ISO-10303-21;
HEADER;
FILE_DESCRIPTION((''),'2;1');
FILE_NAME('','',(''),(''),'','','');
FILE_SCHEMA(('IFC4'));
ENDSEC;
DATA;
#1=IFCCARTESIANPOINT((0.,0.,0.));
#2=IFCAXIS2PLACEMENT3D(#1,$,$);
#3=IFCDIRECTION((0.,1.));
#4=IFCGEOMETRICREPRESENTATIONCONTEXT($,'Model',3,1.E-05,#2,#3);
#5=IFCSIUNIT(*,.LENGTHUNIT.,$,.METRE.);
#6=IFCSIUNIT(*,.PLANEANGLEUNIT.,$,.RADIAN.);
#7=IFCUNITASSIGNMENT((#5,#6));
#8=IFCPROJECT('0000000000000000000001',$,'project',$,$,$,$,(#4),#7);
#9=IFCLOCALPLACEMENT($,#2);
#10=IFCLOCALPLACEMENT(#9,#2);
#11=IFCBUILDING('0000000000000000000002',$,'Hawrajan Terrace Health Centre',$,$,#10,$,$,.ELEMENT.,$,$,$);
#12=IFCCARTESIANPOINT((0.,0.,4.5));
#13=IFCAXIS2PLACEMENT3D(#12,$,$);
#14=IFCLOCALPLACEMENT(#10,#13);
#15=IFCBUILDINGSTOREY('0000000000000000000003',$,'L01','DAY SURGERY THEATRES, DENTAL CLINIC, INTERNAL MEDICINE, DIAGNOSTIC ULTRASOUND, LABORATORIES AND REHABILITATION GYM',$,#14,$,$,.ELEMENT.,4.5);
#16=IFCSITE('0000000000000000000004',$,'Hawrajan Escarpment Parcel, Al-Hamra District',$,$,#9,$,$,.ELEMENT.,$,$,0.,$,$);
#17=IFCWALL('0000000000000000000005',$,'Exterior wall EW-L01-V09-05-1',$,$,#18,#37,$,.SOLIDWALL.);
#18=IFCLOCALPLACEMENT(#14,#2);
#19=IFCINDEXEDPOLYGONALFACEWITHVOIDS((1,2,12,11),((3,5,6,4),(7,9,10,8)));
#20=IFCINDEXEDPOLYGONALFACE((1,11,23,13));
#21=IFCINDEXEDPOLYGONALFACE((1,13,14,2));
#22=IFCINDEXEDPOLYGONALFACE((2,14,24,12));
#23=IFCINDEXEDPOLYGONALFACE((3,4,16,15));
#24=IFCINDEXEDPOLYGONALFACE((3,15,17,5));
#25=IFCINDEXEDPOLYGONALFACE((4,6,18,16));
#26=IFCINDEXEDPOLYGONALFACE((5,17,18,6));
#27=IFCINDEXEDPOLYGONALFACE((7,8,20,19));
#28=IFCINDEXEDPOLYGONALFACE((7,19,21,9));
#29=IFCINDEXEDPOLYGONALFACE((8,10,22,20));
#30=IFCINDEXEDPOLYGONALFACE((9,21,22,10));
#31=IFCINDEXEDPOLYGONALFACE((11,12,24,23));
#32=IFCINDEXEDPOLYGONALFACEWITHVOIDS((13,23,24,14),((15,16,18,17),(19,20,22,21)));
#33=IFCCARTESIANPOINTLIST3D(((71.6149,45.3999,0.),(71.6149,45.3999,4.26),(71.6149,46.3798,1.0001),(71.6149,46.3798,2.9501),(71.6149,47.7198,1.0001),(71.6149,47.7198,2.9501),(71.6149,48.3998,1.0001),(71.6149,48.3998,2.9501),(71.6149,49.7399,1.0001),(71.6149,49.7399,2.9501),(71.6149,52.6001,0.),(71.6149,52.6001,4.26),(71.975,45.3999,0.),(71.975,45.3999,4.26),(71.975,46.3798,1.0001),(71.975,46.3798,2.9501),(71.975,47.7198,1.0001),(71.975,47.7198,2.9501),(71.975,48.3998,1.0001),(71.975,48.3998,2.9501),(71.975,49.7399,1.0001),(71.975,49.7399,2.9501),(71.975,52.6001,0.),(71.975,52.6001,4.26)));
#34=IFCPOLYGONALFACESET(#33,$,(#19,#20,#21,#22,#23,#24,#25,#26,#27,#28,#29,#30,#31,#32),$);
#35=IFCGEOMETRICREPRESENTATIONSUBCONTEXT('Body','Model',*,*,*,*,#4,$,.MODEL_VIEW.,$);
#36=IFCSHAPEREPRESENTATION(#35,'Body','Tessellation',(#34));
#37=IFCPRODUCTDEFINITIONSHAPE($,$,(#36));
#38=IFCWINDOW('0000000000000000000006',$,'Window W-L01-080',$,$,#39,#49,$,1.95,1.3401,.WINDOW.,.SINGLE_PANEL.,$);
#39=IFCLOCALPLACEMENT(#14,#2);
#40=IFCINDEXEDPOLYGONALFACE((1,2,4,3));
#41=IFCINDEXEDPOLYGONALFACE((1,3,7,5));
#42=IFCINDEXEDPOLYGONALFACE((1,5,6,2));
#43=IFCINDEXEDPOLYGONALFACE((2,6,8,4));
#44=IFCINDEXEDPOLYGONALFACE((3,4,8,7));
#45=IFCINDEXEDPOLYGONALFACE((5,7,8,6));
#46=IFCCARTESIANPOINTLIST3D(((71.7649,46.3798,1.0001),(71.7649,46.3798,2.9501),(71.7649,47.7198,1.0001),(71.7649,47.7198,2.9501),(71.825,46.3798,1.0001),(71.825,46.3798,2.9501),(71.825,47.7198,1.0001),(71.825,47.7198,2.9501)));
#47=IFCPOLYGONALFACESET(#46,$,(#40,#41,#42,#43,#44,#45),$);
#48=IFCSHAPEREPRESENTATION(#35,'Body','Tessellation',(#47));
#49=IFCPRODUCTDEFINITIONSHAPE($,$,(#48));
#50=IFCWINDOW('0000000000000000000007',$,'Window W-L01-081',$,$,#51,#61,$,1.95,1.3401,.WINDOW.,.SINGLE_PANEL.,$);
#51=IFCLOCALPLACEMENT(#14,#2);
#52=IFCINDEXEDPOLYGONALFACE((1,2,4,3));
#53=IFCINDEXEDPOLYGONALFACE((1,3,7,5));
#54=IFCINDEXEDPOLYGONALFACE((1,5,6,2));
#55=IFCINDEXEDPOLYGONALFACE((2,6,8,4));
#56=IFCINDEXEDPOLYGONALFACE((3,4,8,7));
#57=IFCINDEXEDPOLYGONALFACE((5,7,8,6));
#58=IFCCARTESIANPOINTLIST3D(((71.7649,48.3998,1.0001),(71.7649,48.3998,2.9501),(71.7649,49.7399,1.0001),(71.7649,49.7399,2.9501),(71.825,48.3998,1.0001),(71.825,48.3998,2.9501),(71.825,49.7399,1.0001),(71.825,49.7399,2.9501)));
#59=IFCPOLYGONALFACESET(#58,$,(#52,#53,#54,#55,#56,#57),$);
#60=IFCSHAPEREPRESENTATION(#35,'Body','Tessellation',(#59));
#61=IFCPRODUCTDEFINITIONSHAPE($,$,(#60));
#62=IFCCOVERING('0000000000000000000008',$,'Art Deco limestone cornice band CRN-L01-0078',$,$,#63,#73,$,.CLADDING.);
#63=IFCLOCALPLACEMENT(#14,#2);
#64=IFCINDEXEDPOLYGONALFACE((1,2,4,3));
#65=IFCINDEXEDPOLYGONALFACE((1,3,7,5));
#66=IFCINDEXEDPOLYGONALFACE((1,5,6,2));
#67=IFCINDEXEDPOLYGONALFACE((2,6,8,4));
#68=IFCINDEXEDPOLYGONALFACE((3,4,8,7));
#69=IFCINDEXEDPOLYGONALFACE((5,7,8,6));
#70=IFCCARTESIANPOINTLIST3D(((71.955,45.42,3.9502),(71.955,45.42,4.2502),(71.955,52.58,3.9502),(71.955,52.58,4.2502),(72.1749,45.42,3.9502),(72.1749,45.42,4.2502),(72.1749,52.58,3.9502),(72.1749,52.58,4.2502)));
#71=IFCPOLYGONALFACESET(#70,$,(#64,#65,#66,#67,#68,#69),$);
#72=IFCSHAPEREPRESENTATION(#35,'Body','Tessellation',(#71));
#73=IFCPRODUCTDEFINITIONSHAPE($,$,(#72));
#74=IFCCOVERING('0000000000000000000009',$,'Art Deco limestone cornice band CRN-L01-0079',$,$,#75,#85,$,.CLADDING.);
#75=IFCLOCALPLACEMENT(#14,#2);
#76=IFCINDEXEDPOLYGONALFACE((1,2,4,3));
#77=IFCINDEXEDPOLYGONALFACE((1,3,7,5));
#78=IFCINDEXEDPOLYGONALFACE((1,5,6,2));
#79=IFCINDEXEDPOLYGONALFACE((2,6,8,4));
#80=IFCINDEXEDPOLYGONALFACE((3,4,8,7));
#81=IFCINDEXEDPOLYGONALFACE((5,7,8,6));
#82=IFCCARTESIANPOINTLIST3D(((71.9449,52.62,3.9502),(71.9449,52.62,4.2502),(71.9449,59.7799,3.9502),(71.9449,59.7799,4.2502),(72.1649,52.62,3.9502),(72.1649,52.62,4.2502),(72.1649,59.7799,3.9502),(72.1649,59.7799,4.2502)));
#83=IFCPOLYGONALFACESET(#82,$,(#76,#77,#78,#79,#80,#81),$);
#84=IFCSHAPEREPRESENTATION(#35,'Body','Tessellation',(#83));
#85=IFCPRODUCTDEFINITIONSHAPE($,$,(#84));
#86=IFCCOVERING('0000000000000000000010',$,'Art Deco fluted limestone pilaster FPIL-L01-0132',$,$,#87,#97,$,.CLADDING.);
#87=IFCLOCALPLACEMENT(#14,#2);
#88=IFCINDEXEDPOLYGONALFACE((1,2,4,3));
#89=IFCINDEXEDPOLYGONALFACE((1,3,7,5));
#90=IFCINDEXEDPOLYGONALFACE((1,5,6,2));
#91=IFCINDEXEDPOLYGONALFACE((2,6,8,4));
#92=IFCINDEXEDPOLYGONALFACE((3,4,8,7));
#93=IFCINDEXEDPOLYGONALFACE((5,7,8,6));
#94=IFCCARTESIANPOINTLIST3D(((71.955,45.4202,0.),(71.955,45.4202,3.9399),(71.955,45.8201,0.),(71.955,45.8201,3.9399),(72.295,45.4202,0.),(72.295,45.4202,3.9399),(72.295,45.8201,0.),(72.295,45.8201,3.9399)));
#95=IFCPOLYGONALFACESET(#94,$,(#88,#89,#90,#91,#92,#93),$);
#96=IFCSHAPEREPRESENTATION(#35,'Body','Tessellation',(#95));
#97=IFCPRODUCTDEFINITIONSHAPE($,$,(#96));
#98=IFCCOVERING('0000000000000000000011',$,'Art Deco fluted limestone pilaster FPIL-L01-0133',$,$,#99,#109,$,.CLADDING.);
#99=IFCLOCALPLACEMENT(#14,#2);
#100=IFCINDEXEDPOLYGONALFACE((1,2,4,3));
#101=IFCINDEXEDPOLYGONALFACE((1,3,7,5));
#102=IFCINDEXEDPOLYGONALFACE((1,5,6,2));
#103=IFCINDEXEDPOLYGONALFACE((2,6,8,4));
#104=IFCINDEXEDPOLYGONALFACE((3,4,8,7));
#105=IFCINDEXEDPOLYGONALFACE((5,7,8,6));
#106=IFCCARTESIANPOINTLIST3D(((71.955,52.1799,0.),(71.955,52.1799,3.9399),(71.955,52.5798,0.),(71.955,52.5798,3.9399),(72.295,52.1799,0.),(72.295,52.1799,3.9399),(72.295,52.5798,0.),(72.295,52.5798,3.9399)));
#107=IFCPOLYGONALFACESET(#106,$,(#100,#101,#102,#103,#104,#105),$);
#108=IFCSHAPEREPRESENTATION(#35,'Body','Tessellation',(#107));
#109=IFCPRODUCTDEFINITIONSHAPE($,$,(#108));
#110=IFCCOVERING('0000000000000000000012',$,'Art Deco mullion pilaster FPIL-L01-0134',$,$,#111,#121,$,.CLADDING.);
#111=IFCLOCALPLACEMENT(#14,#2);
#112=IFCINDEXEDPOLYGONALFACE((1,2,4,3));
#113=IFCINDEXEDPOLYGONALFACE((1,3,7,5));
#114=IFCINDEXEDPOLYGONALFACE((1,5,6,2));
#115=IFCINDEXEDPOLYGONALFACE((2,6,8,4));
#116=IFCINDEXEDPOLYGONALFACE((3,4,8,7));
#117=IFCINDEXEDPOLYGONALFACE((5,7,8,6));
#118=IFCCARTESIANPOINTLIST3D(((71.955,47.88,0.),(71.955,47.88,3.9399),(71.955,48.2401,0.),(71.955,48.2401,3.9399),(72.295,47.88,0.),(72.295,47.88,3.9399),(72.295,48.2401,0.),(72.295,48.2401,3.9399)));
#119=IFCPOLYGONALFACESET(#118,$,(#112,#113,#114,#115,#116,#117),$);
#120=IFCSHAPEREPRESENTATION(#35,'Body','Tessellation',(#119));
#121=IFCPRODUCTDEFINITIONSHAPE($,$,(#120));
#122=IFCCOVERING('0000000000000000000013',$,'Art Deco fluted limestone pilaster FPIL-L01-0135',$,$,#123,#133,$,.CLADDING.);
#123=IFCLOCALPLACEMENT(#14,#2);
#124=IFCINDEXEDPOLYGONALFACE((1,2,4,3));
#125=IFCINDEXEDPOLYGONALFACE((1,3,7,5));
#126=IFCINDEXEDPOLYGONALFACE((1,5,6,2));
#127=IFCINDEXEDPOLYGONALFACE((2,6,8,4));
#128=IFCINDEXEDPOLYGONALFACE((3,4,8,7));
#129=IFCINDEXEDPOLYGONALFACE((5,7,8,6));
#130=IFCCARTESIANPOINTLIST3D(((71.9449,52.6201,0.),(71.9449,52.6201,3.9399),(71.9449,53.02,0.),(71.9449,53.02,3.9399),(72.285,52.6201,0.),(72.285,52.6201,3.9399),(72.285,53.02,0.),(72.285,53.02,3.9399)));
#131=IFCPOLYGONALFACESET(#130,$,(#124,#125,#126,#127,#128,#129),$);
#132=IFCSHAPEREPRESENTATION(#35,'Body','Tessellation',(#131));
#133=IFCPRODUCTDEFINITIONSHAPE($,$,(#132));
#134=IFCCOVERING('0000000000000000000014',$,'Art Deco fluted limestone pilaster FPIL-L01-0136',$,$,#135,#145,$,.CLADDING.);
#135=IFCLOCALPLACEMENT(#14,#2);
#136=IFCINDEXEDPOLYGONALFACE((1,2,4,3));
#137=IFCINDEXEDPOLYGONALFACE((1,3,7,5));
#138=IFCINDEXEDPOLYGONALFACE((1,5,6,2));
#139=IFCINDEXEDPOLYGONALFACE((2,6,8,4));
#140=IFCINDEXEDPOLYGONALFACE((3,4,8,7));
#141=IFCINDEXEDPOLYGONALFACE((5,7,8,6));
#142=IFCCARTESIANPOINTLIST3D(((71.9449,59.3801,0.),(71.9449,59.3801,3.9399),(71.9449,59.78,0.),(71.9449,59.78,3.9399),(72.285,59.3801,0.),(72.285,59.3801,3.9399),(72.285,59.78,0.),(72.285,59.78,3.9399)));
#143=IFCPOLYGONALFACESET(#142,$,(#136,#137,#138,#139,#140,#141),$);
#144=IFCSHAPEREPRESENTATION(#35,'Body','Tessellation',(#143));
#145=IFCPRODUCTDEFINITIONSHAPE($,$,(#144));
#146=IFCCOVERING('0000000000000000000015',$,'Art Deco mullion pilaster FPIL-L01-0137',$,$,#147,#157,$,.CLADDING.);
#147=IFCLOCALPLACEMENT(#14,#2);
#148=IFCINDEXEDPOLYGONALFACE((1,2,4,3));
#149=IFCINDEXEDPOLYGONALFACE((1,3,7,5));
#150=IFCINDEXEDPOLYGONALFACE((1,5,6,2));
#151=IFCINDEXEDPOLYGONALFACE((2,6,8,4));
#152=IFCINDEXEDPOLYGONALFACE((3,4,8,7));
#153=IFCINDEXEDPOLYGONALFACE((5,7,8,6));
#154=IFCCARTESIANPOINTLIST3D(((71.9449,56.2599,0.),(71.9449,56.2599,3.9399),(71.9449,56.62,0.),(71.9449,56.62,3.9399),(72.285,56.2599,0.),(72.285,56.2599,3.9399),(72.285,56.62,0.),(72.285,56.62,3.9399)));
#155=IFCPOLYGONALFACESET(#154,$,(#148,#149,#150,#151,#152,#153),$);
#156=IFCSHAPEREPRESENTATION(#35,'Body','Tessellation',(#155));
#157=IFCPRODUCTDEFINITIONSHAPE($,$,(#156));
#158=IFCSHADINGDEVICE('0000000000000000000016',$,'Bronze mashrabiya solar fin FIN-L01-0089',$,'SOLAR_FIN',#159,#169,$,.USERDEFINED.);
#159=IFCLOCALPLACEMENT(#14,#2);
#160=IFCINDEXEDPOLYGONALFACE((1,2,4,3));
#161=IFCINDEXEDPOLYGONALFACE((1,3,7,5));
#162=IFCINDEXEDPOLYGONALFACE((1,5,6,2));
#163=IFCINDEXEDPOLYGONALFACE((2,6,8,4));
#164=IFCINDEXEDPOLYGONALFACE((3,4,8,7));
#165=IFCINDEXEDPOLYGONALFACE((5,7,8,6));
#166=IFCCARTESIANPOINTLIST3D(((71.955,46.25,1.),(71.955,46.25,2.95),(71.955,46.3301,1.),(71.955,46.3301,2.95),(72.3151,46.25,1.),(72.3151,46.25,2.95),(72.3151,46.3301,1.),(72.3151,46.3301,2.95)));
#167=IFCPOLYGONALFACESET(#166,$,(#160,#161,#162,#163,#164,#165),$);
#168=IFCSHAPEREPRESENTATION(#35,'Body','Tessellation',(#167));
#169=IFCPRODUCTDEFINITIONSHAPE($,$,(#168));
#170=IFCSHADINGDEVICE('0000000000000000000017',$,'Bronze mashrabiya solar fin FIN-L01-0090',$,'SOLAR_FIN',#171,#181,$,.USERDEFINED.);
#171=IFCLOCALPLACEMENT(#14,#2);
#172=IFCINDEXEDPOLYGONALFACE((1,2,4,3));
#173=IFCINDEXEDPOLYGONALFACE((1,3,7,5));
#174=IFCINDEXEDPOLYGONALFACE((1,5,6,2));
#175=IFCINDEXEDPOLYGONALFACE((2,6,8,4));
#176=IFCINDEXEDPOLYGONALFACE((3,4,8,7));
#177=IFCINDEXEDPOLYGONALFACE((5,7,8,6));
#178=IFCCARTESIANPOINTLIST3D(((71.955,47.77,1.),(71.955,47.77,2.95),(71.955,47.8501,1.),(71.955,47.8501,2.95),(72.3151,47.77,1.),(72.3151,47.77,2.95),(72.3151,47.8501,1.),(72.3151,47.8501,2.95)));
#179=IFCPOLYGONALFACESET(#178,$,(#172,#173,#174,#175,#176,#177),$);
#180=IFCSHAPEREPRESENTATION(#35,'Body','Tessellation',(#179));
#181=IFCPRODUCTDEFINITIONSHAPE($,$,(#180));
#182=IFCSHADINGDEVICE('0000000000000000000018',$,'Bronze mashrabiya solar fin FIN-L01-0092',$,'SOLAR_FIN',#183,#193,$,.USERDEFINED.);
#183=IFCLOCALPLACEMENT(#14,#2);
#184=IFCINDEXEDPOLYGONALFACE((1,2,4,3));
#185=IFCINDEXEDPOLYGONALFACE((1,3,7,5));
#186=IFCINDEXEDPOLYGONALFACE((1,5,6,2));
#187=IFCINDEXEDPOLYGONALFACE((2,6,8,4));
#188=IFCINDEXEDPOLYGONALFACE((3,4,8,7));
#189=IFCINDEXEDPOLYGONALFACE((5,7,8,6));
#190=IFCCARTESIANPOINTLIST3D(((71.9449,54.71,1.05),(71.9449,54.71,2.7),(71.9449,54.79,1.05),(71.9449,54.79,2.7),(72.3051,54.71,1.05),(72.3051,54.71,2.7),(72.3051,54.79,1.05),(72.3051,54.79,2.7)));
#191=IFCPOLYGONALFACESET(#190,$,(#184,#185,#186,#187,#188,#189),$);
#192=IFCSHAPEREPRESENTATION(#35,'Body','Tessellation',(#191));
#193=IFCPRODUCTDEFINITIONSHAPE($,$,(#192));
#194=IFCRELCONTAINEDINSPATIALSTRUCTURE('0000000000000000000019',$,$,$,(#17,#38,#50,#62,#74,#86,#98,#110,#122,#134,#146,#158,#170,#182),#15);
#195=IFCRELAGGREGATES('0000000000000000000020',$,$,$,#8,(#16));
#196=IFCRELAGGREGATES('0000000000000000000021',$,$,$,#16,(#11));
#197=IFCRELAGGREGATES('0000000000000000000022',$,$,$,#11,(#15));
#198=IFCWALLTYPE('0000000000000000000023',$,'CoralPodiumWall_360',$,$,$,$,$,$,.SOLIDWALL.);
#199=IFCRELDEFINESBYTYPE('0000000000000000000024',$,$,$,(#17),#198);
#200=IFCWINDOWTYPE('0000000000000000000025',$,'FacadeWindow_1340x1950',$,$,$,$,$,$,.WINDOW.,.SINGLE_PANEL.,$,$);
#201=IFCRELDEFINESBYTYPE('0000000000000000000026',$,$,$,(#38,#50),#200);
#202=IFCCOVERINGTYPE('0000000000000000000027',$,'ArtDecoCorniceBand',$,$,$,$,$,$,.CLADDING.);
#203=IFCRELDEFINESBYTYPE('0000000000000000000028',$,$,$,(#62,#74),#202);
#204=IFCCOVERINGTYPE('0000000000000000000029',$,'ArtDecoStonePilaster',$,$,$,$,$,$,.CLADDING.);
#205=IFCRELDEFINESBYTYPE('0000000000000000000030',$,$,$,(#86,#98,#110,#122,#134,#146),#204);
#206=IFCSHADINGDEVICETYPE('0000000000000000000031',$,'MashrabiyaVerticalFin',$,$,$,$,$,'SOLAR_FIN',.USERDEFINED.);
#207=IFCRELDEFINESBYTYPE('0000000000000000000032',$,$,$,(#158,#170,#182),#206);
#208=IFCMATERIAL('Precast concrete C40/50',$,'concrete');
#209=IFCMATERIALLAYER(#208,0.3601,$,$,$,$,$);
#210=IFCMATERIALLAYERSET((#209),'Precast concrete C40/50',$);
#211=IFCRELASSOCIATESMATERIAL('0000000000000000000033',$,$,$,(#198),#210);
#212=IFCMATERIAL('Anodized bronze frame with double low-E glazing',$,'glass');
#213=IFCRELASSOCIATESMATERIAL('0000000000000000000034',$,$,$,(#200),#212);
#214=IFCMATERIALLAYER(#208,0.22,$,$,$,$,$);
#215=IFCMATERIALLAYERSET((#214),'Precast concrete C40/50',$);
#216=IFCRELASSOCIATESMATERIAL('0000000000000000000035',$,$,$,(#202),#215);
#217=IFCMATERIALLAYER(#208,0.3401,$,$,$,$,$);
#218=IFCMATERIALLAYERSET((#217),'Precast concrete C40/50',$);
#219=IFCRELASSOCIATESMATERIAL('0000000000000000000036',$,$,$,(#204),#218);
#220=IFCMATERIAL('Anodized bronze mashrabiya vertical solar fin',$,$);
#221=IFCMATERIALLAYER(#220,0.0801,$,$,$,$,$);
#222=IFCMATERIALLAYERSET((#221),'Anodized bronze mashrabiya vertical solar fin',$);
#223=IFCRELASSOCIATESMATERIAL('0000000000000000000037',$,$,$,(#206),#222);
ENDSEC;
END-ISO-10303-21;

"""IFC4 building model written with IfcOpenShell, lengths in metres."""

from ifc_helpers import new_model, si_unit, direction, frame, frame_2d, origin, origin_2d, place, context, subcontext, project, spatial, rectangle, extrude, material, layer, layer_set, type_object, element, fill, save


model = new_model("IFC4")

# Units and contexts
model_context = context("Model", 3, precision=1e-05, world=origin(), true_north=direction((0.0, 1.0)))
body_context = subcontext(model_context, "Body", "Model", "MODEL_VIEW")
ifc_project = project(units=[si_unit("LENGTHUNIT", "METRE"), si_unit("PLANEANGLEUNIT", "RADIAN")], contexts=[model_context])

# Site, building, storey
site_placement = place(None, origin())
site = spatial("IfcSite", under=ifc_project, at=site_placement, Name="Hawrajan Escarpment Parcel, Al-Hamra District", CompositionType="ELEMENT", RefElevation=0.0)
building_placement = place(site_placement, origin())
building = spatial("IfcBuilding", under=site, at=building_placement, Name="Hawrajan Terrace Health Centre", CompositionType="ELEMENT")
storey_placement = place(building_placement, frame((0.0, 0.0, 4.5)))
storey = spatial("IfcBuildingStorey", under=building, at=storey_placement, Name="L01", Description="DAY SURGERY THEATRES, DENTAL CLINIC, INTERNAL MEDICINE, DIAGNOSTIC ULTRASOUND, LABORATORIES AND REHABILITATION GYM", CompositionType="ELEMENT", Elevation=4.5)

# Wall, openings, windows
ifc_material_1 = material(Name="Precast concrete C40/50", Category="concrete")
ifc_material_2 = material(Name="Anodized bronze frame with double low-E glazing", Category="glass")
ifc_layer_1 = layer(ifc_material_1, 0.3601)
ifc_layer_set_1 = layer_set([ifc_layer_1], Name="Precast concrete C40/50")
wall_type_1 = type_object("IfcWallType", Name="CoralPodiumWall_360", PredefinedType="SOLIDWALL", material=ifc_layer_set_1)
wall_1_placement = place(storey_placement, frame((71.7949, 45.3999, 0.0), z_axis=(0.0, 0.0, 1.0), x_axis=(0.0, 1.0, 0.0)))
wall_1 = element("IfcWall", 1, at=wall_1_placement, inside=storey, type_object=wall_type_1, Name="Exterior wall EW-L01-V09-05-1", PredefinedType="SOLIDWALL", context=body_context, shape_type="SweptSolid", body=[
    extrude(rectangle(XDim=7.2002, YDim=0.3601, at=frame_2d((3.6001, 0.0))), origin(), (0.0, 0.0, 1.0), 4.26),
])
opening_1_placement = place(wall_1_placement, frame((0.98, 0.0, 1.0)))
opening_1 = element("IfcOpeningElement", 2, at=opening_1_placement, cuts=wall_1, PredefinedType="OPENING", context=body_context, shape_type="SweptSolid", body=[
    extrude(rectangle(XDim=1.3401, YDim=1.95, at=frame_2d((0.6699, 0.9751))), frame((0.0, 0.1899, 0.0), z_axis=(0.0, -1.0, 0.0), x_axis=(1.0, 0.0, 0.0)), (0.0, 0.0, 1.0), 0.3801),
])
opening_2_placement = place(wall_1_placement, frame((3.0, 0.0, 1.0)))
opening_2 = element("IfcOpeningElement", 3, at=opening_2_placement, cuts=wall_1, PredefinedType="OPENING", context=body_context, shape_type="SweptSolid", body=[
    extrude(rectangle(XDim=1.3401, YDim=1.95, at=frame_2d((0.6699, 0.9751))), frame((0.0, 0.1899, 0.0), z_axis=(0.0, -1.0, 0.0), x_axis=(1.0, 0.0, 0.0)), (0.0, 0.0, 1.0), 0.3801),
])
window_type_1 = type_object("IfcWindowType", Name="FacadeWindow_1340x1950", PartitioningType="SINGLE_PANEL", PredefinedType="WINDOW", material=ifc_material_2)
window_1_placement = place(opening_1_placement, origin())
window_1 = element("IfcWindow", 4, at=window_1_placement, inside=storey, type_object=window_type_1, Name="Window W-L01-080", OverallHeight=1.95, OverallWidth=1.3401, PartitioningType="SINGLE_PANEL", PredefinedType="WINDOW", context=body_context, shape_type="SweptSolid", body=[
    extrude(rectangle(XDim=1.3401, YDim=1.95, at=frame_2d((0.6699, 0.9751))), frame((0.0, 0.03, 0.0), z_axis=(0.0, -1.0, 0.0), x_axis=(1.0, 0.0, 0.0)), (0.0, 0.0, 1.0), 0.0601),
])
fill(opening_1, window_1)
window_2_placement = place(opening_2_placement, origin())
window_2 = element("IfcWindow", 5, at=window_2_placement, inside=storey, type_object=window_type_1, Name="Window W-L01-081", OverallHeight=1.95, OverallWidth=1.3401, PartitioningType="SINGLE_PANEL", PredefinedType="WINDOW", context=body_context, shape_type="SweptSolid", body=[
    extrude(rectangle(XDim=1.3401, YDim=1.95, at=frame_2d((0.6699, 0.9751))), frame((0.0, 0.03, 0.0), z_axis=(0.0, -1.0, 0.0), x_axis=(1.0, 0.0, 0.0)), (0.0, 0.0, 1.0), 0.0601),
])
fill(opening_2, window_2)

# Coverings
ifc_layer_2 = layer(ifc_material_1, 0.22)
ifc_layer_set_2 = layer_set([ifc_layer_2], Name="Precast concrete C40/50")
covering_type_1 = type_object("IfcCoveringType", Name="ArtDecoCorniceBand", PredefinedType="CLADDING", material=ifc_layer_set_2)
for number, where, z_axis, x_axis, name in (
    (6, (72.0649, 49.0, 3.9502), (0.0, 0.0, 1.0), (0.0, 1.0, 0.0), "Art Deco limestone cornice band CRN-L01-0078"),
    (7, (72.0549, 56.2, 3.9502), (0.0, 0.0, 1.0), (0.0, 1.0, 0.0), "Art Deco limestone cornice band CRN-L01-0079"),
):
    element("IfcCovering", number, at=place(storey_placement, frame(where, z_axis=z_axis, x_axis=x_axis)), inside=storey, type_object=covering_type_1, Name=name, PredefinedType="CLADDING", context=body_context, shape_type="SweptSolid", body=[
        extrude(rectangle(XDim=7.1599, YDim=0.22, at=origin_2d()), origin(), (0.0, 0.0, 1.0), 0.3),
    ])
ifc_layer_3 = layer(ifc_material_1, 0.3401)
ifc_layer_set_3 = layer_set([ifc_layer_3], Name="Precast concrete C40/50")
covering_type_2 = type_object("IfcCoveringType", Name="ArtDecoStonePilaster", PredefinedType="CLADDING", material=ifc_layer_set_3)
for number, where, z_axis, x_axis, name in (
    (8, (72.125, 45.6201, 0.0), (0.0, 0.0, 1.0), (0.0, 1.0, 0.0), "Art Deco fluted limestone pilaster FPIL-L01-0132"),
    (9, (72.125, 52.3799, 0.0), (0.0, 0.0, 1.0), (0.0, 1.0, 0.0), "Art Deco fluted limestone pilaster FPIL-L01-0133"),
):
    element("IfcCovering", number, at=place(storey_placement, frame(where, z_axis=z_axis, x_axis=x_axis)), inside=storey, type_object=covering_type_2, Name=name, PredefinedType="CLADDING", context=body_context, shape_type="SweptSolid", body=[
        extrude(rectangle(XDim=0.3999, YDim=0.3401, at=origin_2d()), origin(), (0.0, 0.0, 1.0), 3.9399),
    ])
covering_1_placement = place(storey_placement, frame((72.125, 48.0601, 0.0), z_axis=(0.0, 0.0, 1.0), x_axis=(0.0, 1.0, 0.0)))
element("IfcCovering", 10, at=covering_1_placement, inside=storey, type_object=covering_type_2, Name="Art Deco mullion pilaster FPIL-L01-0134", PredefinedType="CLADDING", context=body_context, shape_type="SweptSolid", body=[
    extrude(rectangle(XDim=0.3601, YDim=0.3401, at=origin_2d()), origin(), (0.0, 0.0, 1.0), 3.9399),
])
for number, where, z_axis, x_axis, name in (
    (11, (72.115, 52.8201, 0.0), (0.0, 0.0, 1.0), (0.0, 1.0, 0.0), "Art Deco fluted limestone pilaster FPIL-L01-0135"),
    (12, (72.115, 59.5801, 0.0), (0.0, 0.0, 1.0), (0.0, 1.0, 0.0), "Art Deco fluted limestone pilaster FPIL-L01-0136"),
):
    element("IfcCovering", number, at=place(storey_placement, frame(where, z_axis=z_axis, x_axis=x_axis)), inside=storey, type_object=covering_type_2, Name=name, PredefinedType="CLADDING", context=body_context, shape_type="SweptSolid", body=[
        extrude(rectangle(XDim=0.3999, YDim=0.3401, at=origin_2d()), origin(), (0.0, 0.0, 1.0), 3.9399),
    ])
covering_2_placement = place(storey_placement, frame((72.115, 56.4399, 0.0), z_axis=(0.0, 0.0, 1.0), x_axis=(0.0, 1.0, 0.0)))
element("IfcCovering", 13, at=covering_2_placement, inside=storey, type_object=covering_type_2, Name="Art Deco mullion pilaster FPIL-L01-0137", PredefinedType="CLADDING", context=body_context, shape_type="SweptSolid", body=[
    extrude(rectangle(XDim=0.3601, YDim=0.3401, at=origin_2d()), origin(), (0.0, 0.0, 1.0), 3.9399),
])

# Shading devices
ifc_material_3 = material(Name="Anodized bronze mashrabiya vertical solar fin")
ifc_layer_4 = layer(ifc_material_3, 0.0801)
ifc_layer_set_4 = layer_set([ifc_layer_4], Name="Anodized bronze mashrabiya vertical solar fin")
shading_device_type_1 = type_object("IfcShadingDeviceType", Name="MashrabiyaVerticalFin", ElementType="SOLAR_FIN", PredefinedType="USERDEFINED", material=ifc_layer_set_4)
for number, where, z_axis, x_axis, name in (
    (14, (72.135, 46.29, 1.0), (0.0, 0.0, 1.0), (0.0, 1.0, 0.0), "Bronze mashrabiya solar fin FIN-L01-0089"),
    (15, (72.135, 47.8101, 1.0), (0.0, 0.0, 1.0), (0.0, 1.0, 0.0), "Bronze mashrabiya solar fin FIN-L01-0090"),
):
    element("IfcShadingDevice", number, at=place(storey_placement, frame(where, z_axis=z_axis, x_axis=x_axis)), inside=storey, type_object=shading_device_type_1, Name=name, ObjectType="SOLAR_FIN", PredefinedType="USERDEFINED", context=body_context, shape_type="SweptSolid", body=[
        extrude(rectangle(XDim=0.0801, YDim=0.3601, at=origin_2d()), origin(), (0.0, 0.0, 1.0), 1.95),
    ])
for number, where, z_axis, x_axis, name in (
    (16, (72.125, 54.75, 1.05), (0.0, 0.0, 1.0), (0.0, 1.0, 0.0), "Bronze mashrabiya solar fin FIN-L01-0092"),
):
    element("IfcShadingDevice", number, at=place(storey_placement, frame(where, z_axis=z_axis, x_axis=x_axis)), inside=storey, type_object=shading_device_type_1, Name=name, ObjectType="SOLAR_FIN", PredefinedType="USERDEFINED", context=body_context, shape_type="SweptSolid", body=[
        extrude(rectangle(XDim=0.0801, YDim=0.3601, at=origin_2d()), origin(), (0.0, 0.0, 1.0), 1.6499),
    ])

save(model, "model.ifc")
